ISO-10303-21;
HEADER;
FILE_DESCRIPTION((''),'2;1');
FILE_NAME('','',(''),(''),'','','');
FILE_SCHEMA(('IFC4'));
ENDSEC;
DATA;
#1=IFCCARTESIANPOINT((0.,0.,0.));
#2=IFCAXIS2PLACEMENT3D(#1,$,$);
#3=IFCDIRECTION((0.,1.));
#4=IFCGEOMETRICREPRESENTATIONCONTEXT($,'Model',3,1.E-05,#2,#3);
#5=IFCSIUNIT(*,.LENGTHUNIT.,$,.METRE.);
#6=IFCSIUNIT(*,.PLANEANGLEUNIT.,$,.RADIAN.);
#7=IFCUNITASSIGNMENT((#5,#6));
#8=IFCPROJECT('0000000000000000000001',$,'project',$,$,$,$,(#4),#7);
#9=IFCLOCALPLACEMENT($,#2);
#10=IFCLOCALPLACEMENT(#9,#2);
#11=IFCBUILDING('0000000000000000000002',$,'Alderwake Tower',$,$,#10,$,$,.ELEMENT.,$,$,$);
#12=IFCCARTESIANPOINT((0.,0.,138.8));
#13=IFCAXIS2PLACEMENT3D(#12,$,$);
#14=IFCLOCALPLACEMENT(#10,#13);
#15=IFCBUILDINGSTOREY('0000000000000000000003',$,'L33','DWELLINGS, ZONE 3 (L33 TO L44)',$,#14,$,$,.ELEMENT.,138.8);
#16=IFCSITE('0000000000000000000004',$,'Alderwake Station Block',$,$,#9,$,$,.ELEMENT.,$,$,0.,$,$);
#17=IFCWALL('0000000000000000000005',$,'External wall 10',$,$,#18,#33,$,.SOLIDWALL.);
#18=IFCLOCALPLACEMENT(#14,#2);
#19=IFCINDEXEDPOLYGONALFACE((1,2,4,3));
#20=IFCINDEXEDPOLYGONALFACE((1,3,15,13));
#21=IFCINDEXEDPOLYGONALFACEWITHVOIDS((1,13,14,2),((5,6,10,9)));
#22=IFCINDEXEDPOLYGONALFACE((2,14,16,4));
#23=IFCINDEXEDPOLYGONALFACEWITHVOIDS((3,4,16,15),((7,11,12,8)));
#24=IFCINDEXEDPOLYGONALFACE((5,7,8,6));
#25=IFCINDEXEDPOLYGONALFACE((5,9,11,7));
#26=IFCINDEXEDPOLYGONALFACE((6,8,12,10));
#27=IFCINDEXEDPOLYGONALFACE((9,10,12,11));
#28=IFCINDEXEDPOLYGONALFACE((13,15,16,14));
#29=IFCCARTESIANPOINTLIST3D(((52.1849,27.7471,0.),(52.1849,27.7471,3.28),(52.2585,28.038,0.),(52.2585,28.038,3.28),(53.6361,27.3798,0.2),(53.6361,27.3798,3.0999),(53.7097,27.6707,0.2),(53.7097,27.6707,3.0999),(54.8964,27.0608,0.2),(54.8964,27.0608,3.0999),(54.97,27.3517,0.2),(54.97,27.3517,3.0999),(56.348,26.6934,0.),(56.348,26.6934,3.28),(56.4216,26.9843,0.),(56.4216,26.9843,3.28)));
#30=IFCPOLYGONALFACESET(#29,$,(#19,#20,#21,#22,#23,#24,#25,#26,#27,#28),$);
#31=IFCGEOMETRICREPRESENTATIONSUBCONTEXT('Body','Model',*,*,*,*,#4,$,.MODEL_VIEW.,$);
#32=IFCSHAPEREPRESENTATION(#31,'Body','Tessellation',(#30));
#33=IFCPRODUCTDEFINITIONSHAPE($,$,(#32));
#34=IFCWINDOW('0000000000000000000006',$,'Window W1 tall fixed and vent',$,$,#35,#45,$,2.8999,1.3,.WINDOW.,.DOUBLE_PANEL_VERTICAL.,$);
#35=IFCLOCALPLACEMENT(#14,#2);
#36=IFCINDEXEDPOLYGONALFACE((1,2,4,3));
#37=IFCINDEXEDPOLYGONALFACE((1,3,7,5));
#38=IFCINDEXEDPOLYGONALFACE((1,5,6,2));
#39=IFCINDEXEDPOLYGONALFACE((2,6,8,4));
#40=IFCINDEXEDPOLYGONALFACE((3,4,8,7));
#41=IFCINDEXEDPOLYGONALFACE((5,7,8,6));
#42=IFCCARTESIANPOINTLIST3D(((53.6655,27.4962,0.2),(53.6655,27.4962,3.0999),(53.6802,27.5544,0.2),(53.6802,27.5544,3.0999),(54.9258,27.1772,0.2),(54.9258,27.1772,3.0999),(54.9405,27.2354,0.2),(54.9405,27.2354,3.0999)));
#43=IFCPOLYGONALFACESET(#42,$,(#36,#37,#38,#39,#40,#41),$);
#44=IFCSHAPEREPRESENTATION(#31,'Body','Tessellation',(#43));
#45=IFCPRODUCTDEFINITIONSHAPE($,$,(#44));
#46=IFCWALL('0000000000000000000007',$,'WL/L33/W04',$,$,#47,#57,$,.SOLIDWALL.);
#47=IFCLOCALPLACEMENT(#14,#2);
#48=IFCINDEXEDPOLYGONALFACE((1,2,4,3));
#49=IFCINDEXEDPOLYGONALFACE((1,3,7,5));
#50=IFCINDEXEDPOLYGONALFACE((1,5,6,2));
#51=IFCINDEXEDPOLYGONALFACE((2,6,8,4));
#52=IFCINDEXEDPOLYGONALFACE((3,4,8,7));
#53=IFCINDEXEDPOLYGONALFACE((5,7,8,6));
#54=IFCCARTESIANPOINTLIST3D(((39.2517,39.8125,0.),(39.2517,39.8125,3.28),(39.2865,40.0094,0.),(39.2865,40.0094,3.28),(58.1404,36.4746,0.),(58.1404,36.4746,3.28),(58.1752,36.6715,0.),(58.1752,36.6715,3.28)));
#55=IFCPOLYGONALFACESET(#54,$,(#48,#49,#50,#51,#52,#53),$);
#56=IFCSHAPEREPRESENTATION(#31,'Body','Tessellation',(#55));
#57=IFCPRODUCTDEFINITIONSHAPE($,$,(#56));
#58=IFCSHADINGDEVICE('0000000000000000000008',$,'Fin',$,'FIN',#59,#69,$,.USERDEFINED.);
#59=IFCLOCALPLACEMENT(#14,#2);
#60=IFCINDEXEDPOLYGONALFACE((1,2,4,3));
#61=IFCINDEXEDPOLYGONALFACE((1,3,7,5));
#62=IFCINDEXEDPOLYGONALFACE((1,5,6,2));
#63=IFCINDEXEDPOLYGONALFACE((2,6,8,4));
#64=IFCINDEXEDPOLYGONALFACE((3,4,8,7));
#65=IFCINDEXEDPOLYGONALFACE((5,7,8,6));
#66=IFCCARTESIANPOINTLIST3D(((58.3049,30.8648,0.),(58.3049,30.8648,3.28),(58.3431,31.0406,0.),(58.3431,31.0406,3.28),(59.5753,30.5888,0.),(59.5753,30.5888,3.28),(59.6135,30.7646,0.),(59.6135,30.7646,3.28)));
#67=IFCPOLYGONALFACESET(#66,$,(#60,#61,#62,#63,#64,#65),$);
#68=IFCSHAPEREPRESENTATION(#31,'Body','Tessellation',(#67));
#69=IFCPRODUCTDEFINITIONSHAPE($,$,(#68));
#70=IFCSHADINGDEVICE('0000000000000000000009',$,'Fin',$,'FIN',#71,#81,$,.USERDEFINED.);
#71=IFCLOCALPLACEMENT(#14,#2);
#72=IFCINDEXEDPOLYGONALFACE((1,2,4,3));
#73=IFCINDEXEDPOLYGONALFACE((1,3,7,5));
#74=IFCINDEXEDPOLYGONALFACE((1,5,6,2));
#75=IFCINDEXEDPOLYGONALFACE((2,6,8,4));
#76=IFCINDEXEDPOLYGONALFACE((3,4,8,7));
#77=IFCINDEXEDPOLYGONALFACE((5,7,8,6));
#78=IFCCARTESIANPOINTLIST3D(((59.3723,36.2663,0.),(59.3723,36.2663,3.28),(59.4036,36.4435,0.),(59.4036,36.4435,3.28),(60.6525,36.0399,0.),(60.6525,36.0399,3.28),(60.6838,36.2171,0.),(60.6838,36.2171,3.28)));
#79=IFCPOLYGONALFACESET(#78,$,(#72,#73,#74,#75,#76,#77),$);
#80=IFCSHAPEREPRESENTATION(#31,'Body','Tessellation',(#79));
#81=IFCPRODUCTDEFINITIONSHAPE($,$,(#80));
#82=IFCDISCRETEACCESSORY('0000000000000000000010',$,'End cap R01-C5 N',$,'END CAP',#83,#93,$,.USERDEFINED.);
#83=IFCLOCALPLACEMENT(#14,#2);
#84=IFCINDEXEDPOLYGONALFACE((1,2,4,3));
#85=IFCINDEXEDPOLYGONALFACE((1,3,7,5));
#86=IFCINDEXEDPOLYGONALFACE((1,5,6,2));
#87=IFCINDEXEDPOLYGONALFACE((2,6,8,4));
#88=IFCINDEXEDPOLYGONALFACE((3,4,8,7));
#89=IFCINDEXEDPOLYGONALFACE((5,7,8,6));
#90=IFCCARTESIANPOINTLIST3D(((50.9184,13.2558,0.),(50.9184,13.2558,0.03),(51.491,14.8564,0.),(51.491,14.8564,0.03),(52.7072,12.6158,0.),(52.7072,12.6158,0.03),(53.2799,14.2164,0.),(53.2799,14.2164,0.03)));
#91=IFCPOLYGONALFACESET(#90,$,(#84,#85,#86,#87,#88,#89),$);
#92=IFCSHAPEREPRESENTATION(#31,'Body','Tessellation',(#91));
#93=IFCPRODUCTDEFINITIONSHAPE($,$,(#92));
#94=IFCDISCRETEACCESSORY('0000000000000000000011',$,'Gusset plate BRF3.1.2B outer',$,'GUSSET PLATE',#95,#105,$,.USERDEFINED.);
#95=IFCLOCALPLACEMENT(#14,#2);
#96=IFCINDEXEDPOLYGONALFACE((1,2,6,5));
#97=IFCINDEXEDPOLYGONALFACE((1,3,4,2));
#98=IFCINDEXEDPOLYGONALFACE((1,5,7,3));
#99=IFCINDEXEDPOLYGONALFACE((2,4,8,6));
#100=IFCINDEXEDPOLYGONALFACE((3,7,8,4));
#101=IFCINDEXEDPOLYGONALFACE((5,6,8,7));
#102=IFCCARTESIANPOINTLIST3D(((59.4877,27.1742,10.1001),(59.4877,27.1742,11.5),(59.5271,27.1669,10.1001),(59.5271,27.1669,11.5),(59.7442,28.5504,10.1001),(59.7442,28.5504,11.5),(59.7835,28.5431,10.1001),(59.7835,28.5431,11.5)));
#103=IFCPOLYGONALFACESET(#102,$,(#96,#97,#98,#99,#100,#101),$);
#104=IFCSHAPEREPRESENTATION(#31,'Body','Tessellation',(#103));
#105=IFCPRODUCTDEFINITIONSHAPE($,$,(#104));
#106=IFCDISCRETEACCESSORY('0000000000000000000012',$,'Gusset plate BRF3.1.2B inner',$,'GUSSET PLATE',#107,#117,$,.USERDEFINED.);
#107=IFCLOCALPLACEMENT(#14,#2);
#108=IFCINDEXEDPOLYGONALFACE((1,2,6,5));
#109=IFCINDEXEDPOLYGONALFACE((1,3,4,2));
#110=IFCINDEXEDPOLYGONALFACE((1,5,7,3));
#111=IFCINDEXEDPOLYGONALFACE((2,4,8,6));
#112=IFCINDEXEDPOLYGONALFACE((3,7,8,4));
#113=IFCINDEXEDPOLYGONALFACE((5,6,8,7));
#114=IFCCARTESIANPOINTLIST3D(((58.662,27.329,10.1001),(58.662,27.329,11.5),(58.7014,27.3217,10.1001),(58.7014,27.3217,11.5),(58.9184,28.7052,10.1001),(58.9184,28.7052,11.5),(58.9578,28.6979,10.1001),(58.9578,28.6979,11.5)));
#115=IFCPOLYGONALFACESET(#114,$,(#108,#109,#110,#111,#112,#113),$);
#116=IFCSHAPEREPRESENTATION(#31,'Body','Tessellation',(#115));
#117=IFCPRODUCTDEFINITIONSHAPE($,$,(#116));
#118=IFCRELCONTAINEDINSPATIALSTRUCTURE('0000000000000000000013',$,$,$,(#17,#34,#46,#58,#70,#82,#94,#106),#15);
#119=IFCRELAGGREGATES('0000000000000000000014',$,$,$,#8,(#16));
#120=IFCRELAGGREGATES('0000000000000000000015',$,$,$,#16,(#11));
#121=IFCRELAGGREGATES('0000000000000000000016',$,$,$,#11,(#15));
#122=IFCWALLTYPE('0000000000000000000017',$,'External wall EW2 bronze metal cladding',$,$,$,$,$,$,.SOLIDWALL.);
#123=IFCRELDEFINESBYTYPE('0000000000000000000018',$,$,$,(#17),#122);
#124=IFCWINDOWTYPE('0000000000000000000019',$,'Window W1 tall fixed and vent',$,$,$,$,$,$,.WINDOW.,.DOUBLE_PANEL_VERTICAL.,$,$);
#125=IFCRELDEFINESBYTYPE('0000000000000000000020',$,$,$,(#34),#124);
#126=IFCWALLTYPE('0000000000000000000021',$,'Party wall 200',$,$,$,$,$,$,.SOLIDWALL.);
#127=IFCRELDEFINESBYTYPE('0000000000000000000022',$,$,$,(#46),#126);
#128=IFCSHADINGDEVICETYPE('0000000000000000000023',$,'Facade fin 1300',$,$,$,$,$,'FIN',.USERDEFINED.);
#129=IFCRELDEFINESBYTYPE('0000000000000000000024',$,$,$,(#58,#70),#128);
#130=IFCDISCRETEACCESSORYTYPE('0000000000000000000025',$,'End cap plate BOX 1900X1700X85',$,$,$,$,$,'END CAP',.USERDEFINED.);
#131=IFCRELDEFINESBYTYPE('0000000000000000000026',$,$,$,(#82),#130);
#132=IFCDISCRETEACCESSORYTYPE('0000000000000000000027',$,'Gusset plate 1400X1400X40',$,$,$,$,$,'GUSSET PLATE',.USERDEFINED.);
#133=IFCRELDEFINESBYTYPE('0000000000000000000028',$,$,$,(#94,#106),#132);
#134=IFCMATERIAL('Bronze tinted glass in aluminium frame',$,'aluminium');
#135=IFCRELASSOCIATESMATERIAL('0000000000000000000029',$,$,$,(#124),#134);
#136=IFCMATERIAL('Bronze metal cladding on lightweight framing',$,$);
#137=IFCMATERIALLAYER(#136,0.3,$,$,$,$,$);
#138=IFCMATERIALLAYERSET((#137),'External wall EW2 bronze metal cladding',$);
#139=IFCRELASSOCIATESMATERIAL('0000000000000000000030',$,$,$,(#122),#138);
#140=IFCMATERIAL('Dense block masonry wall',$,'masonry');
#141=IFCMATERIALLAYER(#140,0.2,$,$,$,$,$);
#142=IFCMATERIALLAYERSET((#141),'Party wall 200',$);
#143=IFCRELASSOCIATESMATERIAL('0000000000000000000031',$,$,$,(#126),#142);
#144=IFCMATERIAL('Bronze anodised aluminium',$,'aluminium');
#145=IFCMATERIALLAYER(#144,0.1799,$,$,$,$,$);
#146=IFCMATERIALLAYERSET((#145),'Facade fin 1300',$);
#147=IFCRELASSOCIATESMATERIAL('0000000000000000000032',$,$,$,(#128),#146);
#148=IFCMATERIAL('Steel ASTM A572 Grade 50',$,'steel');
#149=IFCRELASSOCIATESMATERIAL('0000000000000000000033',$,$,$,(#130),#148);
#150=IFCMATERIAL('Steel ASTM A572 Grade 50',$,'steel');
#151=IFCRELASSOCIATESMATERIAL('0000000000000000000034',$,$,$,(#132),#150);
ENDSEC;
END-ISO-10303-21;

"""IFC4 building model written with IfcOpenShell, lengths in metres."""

from ifc_helpers import new_model, si_unit, direction, frame, frame_2d, origin, origin_2d, place, context, subcontext, project, spatial, rectangle, extrude, material, layer, layer_set, material_profile, profile_set, type_object, element, fill, save


model = new_model("IFC4")

# Units and contexts
model_context = context("Model", 3, precision=1e-05, world=origin(), true_north=direction((0.0, 1.0)))
body_context = subcontext(model_context, "Body", "Model", "MODEL_VIEW")
ifc_project = project(units=[si_unit("LENGTHUNIT", "METRE"), si_unit("PLANEANGLEUNIT", "RADIAN")], contexts=[model_context])

# Site, building, storey
site_placement = place(None, origin())
site = spatial("IfcSite", under=ifc_project, at=site_placement, Name="Alderwake Station Block", CompositionType="ELEMENT", RefElevation=0.0)
building_placement = place(site_placement, origin())
building = spatial("IfcBuilding", under=site, at=building_placement, Name="Alderwake Tower", CompositionType="ELEMENT")
storey_placement = place(building_placement, frame((0.0, 0.0, 138.8)))
storey = spatial("IfcBuildingStorey", under=building, at=storey_placement, Name="L33", Description="DWELLINGS, ZONE 3 (L33 TO L44)", CompositionType="ELEMENT", Elevation=138.8)

# Shared definitions
ifc_material_1 = material(Name="Bronze tinted glass in aluminium frame", Category="aluminium")
window_type = type_object("IfcWindowType", Name="Window W1 tall fixed and vent", PartitioningType="DOUBLE_PANEL_VERTICAL", PredefinedType="WINDOW", material=ifc_material_1)

# Wall, opening, window
ifc_material_2 = material(Name="Bronze metal cladding on lightweight framing")
ifc_layer_1 = layer(ifc_material_2, 0.3)
ifc_layer_set_1 = layer_set([ifc_layer_1], Name="External wall EW2 bronze metal cladding")
wall_type_1 = type_object("IfcWallType", Name="External wall EW2 bronze metal cladding", PredefinedType="SOLIDWALL", material=ifc_layer_set_1)
wall_1_placement = place(storey_placement, frame((52.2217, 27.8926, 0.0), z_axis=(0.0, 0.0, 1.0), x_axis=(0.969429, -0.24537, 0.0)))
wall_1 = element("IfcWall", 1, at=wall_1_placement, inside=storey, type_object=wall_type_1, Name="External wall 10", PredefinedType="SOLIDWALL", context=body_context, shape_type="SweptSolid", body=[
    extrude(rectangle(XDim=4.2944, YDim=0.3, at=frame_2d((2.1472, 0.0))), origin(), (0.0, 0.0, 1.0), 3.28),
])
opening_1_placement = place(wall_1_placement, frame((1.4971, 0.0, 0.2)))
opening_1 = element("IfcOpeningElement", 2, at=opening_1_placement, cuts=wall_1, PredefinedType="OPENING", context=body_context, shape_type="SweptSolid", body=[
    extrude(rectangle(XDim=1.3, YDim=2.8999, at=frame_2d((0.6499, 1.45))), frame((0.0, 0.1599, 0.0), z_axis=(0.0, -1.0, 0.0), x_axis=(1.0, 0.0, 0.0)), (0.0, 0.0, 1.0), 0.3201),
])
window_1_placement = place(opening_1_placement, origin())
window_1 = element("IfcWindow", 3, at=window_1_placement, inside=storey, type_object=window_type, Name="Window W1 tall fixed and vent", OverallHeight=2.8999, OverallWidth=1.3, PartitioningType="DOUBLE_PANEL_VERTICAL", PredefinedType="WINDOW", context=body_context, shape_type="SweptSolid", body=[
    extrude(rectangle(XDim=1.3, YDim=2.8999, at=frame_2d((0.6499, 1.45))), frame((0.0, 0.03, 0.0), z_axis=(0.0, -1.0, 0.0), x_axis=(1.0, 0.0, 0.0)), (0.0, 0.0, 1.0), 0.0601),
])
fill(opening_1, window_1)

# Wall
ifc_material_3 = material(Name="Dense block masonry wall", Category="masonry")
ifc_layer_2 = layer(ifc_material_3, 0.2)
ifc_layer_set_2 = layer_set([ifc_layer_2], Name="Party wall 200")
wall_type_2 = type_object("IfcWallType", Name="Party wall 200", PredefinedType="SOLIDWALL", material=ifc_layer_set_2)
wall_2_placement = place(storey_placement, frame((58.158, 36.573, 0.0), z_axis=(0.0, 0.0, 1.0), x_axis=(-0.984743, 0.174018, 0.0)))
element("IfcWall", 4, at=wall_2_placement, inside=storey, type_object=wall_type_2, Name="WL/L33/W04", PredefinedType="SOLIDWALL", context=body_context, shape_type="SweptSolid", body=[
    extrude(rectangle(XDim=19.1814, YDim=0.2, at=frame_2d((9.5908, 0.0))), origin(), (0.0, 0.0, 1.0), 3.28),
])

# Shading devices
ifc_material_4 = material(Name="Bronze anodised aluminium", Category="aluminium")
ifc_layer_3 = layer(ifc_material_4, 0.1799)
ifc_layer_set_3 = layer_set([ifc_layer_3], Name="Facade fin 1300")
shading_device_type = type_object("IfcShadingDeviceType", Name="Facade fin 1300", ElementType="FIN", PredefinedType="USERDEFINED", material=ifc_layer_set_3)
for number, where, z_axis, x_axis, name in (
    (5, (58.9592, 30.8147, 0.0), (0.0, 0.0, 1.0), (0.97721, -0.212273, 0.0), "Fin"),
    (6, (60.0281, 36.2417, 0.0), (0.0, 0.0, 1.0), (0.984726, -0.174109, 0.0), "Fin"),
):
    element("IfcShadingDevice", number, at=place(storey_placement, frame(where, z_axis=z_axis, x_axis=x_axis)), inside=storey, type_object=shading_device_type, Name=name, ObjectType="FIN", PredefinedType="USERDEFINED", context=body_context, shape_type="SweptSolid", body=[
        extrude(rectangle(XDim=1.3, YDim=0.1799, at=origin_2d()), origin(), (0.0, 0.0, 1.0), 3.28),
    ])

# Discrete accessories
ifc_material_5 = material(Name="Steel ASTM A572 Grade 50", Category="steel")
ifc_material_profile_1 = material_profile(ifc_material_5, rectangle(XDim=1.7, YDim=1.8999, at=origin_2d()), Name="BOX 1900X1700X85 cap")
ifc_profile_set_1 = profile_set([ifc_material_profile_1], Name="Steel ASTM A572 Grade 50")
discrete_accessory_type_1 = type_object("IfcDiscreteAccessoryType", Name="End cap plate BOX 1900X1700X85", ElementType="END CAP", PredefinedType="USERDEFINED", material=ifc_profile_set_1)
discrete_accessory_placement = place(storey_placement, frame((52.0991, 13.7361, 0.0), z_axis=(0.0, 0.0, 1.0), x_axis=(0.336878, 0.941548, 0.0)))
element("IfcDiscreteAccessory", 7, at=discrete_accessory_placement, inside=storey, type_object=discrete_accessory_type_1, Name="End cap R01-C5 N", ObjectType="END CAP", PredefinedType="USERDEFINED", context=body_context, shape_type="SweptSolid", body=[
    extrude(rectangle(XDim=1.7, YDim=1.8999, at=origin_2d()), origin(), (0.0, 0.0, 1.0), 0.03),
])
ifc_material_6 = material(Name="Steel ASTM A572 Grade 50", Category="steel")
ifc_material_profile_2 = material_profile(ifc_material_6, rectangle(XDim=1.3999, YDim=1.3999, at=origin_2d()), Name="gusset 1400X1400")
ifc_profile_set_2 = profile_set([ifc_material_profile_2], Name="Steel ASTM A572 Grade 50")
discrete_accessory_type_2 = type_object("IfcDiscreteAccessoryType", Name="Gusset plate 1400X1400X40", ElementType="GUSSET PLATE", PredefinedType="USERDEFINED", material=ifc_profile_set_2)
for number, where, z_axis, x_axis, name in (
    (8, (59.616, 27.8623, 10.8), (0.983079, -0.183182, 0.0), (0.183182, 0.983079, 0.0), "Gusset plate BRF3.1.2B outer"),
    (9, (58.8296, 28.0098, 10.8), (-0.983079, 0.183182, 0.0), (-0.183182, -0.983079, 0.0), "Gusset plate BRF3.1.2B inner"),
):
    element("IfcDiscreteAccessory", number, at=place(storey_placement, frame(where, z_axis=z_axis, x_axis=x_axis)), inside=storey, type_object=discrete_accessory_type_2, Name=name, ObjectType="GUSSET PLATE", PredefinedType="USERDEFINED", context=body_context, shape_type="SweptSolid", body=[
        extrude(rectangle(XDim=1.3999, YDim=1.3999, at=origin_2d()), origin(), (0.0, 0.0, 1.0), 0.04),
    ])

save(model, "model.ifc")
